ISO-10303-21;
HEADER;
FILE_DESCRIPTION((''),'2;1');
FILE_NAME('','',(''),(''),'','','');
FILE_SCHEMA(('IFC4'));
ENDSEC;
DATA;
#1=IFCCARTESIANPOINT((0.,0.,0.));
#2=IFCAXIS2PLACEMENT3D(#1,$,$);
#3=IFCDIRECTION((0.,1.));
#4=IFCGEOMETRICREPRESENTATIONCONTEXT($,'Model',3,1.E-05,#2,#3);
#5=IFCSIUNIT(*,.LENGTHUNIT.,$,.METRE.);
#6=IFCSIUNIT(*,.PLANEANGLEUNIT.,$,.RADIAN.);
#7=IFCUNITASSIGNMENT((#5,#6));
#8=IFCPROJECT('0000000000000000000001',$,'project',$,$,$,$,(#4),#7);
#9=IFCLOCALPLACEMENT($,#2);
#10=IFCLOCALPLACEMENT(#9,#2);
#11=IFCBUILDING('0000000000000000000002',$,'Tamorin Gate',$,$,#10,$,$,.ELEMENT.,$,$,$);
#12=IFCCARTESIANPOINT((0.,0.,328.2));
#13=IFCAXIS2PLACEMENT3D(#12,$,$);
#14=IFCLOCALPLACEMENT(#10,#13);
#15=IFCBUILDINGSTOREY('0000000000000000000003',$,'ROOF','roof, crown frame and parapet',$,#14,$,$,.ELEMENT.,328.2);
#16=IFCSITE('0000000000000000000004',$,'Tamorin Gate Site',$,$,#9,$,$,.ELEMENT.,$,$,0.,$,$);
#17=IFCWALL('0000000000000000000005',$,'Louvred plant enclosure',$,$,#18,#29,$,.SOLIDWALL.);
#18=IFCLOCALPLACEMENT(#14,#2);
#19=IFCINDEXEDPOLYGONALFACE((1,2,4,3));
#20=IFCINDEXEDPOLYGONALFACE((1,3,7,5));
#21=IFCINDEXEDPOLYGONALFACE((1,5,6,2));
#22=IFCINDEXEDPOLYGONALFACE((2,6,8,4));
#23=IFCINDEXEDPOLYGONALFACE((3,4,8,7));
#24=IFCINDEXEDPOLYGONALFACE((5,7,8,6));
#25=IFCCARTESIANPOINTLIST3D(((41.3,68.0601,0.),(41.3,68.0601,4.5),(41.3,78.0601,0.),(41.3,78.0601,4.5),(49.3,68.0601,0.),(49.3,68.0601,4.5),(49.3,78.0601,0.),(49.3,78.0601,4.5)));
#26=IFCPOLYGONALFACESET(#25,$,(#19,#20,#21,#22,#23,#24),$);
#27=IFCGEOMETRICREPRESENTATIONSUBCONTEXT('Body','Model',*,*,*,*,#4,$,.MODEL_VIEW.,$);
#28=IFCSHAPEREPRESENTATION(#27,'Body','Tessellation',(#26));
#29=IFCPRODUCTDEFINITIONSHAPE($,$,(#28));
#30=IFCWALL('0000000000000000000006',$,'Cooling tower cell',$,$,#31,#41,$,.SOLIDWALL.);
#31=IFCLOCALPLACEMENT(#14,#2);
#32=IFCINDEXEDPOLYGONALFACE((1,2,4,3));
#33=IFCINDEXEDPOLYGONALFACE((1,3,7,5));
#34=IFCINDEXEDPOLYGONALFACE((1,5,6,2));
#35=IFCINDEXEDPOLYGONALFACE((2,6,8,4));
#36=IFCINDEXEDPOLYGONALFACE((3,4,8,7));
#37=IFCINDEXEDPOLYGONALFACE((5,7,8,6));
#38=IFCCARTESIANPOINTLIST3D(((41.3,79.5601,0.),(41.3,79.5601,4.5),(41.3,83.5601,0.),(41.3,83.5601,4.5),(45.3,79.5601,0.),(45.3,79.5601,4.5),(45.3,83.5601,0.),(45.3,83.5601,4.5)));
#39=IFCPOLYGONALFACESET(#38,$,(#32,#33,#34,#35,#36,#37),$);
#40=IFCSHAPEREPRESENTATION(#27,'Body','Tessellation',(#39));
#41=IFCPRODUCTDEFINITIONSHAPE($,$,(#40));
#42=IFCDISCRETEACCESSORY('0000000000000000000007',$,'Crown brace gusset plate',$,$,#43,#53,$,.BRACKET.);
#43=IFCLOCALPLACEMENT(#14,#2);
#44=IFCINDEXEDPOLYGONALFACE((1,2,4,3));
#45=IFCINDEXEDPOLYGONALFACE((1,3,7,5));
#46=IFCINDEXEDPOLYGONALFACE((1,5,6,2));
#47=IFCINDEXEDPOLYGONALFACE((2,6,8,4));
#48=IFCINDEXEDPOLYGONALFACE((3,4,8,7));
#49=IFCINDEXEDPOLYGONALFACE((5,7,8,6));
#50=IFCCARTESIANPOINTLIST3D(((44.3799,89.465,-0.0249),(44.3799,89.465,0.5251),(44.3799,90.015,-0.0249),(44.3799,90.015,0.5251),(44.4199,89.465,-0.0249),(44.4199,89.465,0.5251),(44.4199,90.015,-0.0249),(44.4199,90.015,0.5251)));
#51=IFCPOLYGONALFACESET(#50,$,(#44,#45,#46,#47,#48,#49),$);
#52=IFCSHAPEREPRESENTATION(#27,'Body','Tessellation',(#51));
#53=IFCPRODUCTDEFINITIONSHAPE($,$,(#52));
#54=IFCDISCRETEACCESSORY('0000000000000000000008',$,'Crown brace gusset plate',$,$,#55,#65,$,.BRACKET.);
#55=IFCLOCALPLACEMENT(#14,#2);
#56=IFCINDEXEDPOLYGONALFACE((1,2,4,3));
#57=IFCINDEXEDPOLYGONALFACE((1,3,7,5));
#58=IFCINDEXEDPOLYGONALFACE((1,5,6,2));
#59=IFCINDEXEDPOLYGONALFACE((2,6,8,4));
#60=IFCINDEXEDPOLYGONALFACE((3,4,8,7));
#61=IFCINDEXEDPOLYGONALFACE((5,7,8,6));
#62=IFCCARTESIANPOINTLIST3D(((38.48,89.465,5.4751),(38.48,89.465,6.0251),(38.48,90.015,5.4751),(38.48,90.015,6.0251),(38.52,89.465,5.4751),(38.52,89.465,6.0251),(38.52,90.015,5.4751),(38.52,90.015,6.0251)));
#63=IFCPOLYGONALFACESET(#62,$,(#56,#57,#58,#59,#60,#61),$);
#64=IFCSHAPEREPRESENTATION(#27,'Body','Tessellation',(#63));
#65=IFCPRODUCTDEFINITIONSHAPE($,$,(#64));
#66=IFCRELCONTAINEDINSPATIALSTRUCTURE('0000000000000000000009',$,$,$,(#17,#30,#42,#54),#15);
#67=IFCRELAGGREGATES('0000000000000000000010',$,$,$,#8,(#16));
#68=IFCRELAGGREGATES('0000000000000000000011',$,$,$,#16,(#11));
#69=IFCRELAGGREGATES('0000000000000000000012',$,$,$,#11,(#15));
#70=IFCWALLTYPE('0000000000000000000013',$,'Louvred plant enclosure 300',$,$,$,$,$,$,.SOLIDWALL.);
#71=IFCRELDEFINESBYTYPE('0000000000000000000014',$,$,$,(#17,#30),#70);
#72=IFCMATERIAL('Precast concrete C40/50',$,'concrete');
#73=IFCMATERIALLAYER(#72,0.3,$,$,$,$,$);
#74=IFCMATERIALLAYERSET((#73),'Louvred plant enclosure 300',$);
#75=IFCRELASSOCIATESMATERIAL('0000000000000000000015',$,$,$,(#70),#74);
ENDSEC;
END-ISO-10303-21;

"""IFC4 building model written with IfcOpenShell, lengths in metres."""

from ifc_helpers import new_model, si_unit, direction, frame, frame_2d, origin, origin_2d, place, context, subcontext, project, spatial, rectangle, extrude, material, layer, layer_set, type_object, element, save


model = new_model("IFC4")

# Units and contexts
model_context = context("Model", 3, precision=1e-05, world=origin(), true_north=direction((0.0, 1.0)))
body_context = subcontext(model_context, "Body", "Model", "MODEL_VIEW")
ifc_project = project(units=[si_unit("LENGTHUNIT", "METRE"), si_unit("PLANEANGLEUNIT", "RADIAN")], contexts=[model_context])

# Site, building, storey
site_placement = place(None, origin())
site = spatial("IfcSite", under=ifc_project, at=site_placement, Name="Tamorin Gate Site", CompositionType="ELEMENT", RefElevation=0.0)
building_placement = place(site_placement, origin())
building = spatial("IfcBuilding", under=site, at=building_placement, Name="Tamorin Gate", CompositionType="ELEMENT")
storey_placement = place(building_placement, frame((0.0, 0.0, 328.2)))
storey = spatial("IfcBuildingStorey", under=building, at=storey_placement, Name="ROOF", Description="roof, crown frame and parapet", CompositionType="ELEMENT", Elevation=328.2)

# Walls
ifc_material_1 = material(Name="Precast concrete C40/50", Category="concrete")
ifc_layer_1 = layer(ifc_material_1, 0.3)
ifc_layer_set_1 = layer_set([ifc_layer_1], Name="Louvred plant enclosure 300")
wall_type_1 = type_object("IfcWallType", Name="Louvred plant enclosure 300", PredefinedType="SOLIDWALL", material=ifc_layer_set_1)
wall_1_placement = place(storey_placement, frame((41.3, 73.0601, 0.0), z_axis=(0.0, 0.0, 1.0), x_axis=(1.0, 0.0, 0.0)))
element("IfcWall", 1, at=wall_1_placement, inside=storey, type_object=wall_type_1, Name="Louvred plant enclosure", PredefinedType="SOLIDWALL", context=body_context, shape_type="SweptSolid", body=[
    extrude(rectangle(XDim=8.0, YDim=10.0, at=frame_2d((4.0, 0.0))), origin(), (0.0, 0.0, 1.0), 4.5),
])
wall_2_placement = place(storey_placement, frame((41.3, 81.5601, 0.0), z_axis=(0.0, 0.0, 1.0), x_axis=(1.0, 0.0, 0.0)))
element("IfcWall", 2, at=wall_2_placement, inside=storey, type_object=wall_type_1, Name="Cooling tower cell", PredefinedType="SOLIDWALL", context=body_context, shape_type="SweptSolid", body=[
    extrude(rectangle(XDim=4.0, YDim=4.0, at=frame_2d((2.0, 0.0))), origin(), (0.0, 0.0, 1.0), 4.5),
])

# Discrete accessories
for number, where, z_axis, x_axis, name in (
    (3, (44.3999, 89.74, -0.0249), (0.0, 0.0, 1.0), (1.0, 0.0, 0.0), "Crown brace gusset plate"),
    (4, (38.5, 89.74, 5.4751), (0.0, 0.0, 1.0), (1.0, 0.0, 0.0), "Crown brace gusset plate"),
):
    element("IfcDiscreteAccessory", number, at=place(storey_placement, frame(where, z_axis=z_axis, x_axis=x_axis)), inside=storey, Name=name, PredefinedType="BRACKET", context=body_context, shape_type="SweptSolid", body=[
        extrude(rectangle(XDim=0.04, YDim=0.55, at=origin_2d()), origin(), (0.0, 0.0, 1.0), 0.55),
    ])

save(model, "model.ifc")
